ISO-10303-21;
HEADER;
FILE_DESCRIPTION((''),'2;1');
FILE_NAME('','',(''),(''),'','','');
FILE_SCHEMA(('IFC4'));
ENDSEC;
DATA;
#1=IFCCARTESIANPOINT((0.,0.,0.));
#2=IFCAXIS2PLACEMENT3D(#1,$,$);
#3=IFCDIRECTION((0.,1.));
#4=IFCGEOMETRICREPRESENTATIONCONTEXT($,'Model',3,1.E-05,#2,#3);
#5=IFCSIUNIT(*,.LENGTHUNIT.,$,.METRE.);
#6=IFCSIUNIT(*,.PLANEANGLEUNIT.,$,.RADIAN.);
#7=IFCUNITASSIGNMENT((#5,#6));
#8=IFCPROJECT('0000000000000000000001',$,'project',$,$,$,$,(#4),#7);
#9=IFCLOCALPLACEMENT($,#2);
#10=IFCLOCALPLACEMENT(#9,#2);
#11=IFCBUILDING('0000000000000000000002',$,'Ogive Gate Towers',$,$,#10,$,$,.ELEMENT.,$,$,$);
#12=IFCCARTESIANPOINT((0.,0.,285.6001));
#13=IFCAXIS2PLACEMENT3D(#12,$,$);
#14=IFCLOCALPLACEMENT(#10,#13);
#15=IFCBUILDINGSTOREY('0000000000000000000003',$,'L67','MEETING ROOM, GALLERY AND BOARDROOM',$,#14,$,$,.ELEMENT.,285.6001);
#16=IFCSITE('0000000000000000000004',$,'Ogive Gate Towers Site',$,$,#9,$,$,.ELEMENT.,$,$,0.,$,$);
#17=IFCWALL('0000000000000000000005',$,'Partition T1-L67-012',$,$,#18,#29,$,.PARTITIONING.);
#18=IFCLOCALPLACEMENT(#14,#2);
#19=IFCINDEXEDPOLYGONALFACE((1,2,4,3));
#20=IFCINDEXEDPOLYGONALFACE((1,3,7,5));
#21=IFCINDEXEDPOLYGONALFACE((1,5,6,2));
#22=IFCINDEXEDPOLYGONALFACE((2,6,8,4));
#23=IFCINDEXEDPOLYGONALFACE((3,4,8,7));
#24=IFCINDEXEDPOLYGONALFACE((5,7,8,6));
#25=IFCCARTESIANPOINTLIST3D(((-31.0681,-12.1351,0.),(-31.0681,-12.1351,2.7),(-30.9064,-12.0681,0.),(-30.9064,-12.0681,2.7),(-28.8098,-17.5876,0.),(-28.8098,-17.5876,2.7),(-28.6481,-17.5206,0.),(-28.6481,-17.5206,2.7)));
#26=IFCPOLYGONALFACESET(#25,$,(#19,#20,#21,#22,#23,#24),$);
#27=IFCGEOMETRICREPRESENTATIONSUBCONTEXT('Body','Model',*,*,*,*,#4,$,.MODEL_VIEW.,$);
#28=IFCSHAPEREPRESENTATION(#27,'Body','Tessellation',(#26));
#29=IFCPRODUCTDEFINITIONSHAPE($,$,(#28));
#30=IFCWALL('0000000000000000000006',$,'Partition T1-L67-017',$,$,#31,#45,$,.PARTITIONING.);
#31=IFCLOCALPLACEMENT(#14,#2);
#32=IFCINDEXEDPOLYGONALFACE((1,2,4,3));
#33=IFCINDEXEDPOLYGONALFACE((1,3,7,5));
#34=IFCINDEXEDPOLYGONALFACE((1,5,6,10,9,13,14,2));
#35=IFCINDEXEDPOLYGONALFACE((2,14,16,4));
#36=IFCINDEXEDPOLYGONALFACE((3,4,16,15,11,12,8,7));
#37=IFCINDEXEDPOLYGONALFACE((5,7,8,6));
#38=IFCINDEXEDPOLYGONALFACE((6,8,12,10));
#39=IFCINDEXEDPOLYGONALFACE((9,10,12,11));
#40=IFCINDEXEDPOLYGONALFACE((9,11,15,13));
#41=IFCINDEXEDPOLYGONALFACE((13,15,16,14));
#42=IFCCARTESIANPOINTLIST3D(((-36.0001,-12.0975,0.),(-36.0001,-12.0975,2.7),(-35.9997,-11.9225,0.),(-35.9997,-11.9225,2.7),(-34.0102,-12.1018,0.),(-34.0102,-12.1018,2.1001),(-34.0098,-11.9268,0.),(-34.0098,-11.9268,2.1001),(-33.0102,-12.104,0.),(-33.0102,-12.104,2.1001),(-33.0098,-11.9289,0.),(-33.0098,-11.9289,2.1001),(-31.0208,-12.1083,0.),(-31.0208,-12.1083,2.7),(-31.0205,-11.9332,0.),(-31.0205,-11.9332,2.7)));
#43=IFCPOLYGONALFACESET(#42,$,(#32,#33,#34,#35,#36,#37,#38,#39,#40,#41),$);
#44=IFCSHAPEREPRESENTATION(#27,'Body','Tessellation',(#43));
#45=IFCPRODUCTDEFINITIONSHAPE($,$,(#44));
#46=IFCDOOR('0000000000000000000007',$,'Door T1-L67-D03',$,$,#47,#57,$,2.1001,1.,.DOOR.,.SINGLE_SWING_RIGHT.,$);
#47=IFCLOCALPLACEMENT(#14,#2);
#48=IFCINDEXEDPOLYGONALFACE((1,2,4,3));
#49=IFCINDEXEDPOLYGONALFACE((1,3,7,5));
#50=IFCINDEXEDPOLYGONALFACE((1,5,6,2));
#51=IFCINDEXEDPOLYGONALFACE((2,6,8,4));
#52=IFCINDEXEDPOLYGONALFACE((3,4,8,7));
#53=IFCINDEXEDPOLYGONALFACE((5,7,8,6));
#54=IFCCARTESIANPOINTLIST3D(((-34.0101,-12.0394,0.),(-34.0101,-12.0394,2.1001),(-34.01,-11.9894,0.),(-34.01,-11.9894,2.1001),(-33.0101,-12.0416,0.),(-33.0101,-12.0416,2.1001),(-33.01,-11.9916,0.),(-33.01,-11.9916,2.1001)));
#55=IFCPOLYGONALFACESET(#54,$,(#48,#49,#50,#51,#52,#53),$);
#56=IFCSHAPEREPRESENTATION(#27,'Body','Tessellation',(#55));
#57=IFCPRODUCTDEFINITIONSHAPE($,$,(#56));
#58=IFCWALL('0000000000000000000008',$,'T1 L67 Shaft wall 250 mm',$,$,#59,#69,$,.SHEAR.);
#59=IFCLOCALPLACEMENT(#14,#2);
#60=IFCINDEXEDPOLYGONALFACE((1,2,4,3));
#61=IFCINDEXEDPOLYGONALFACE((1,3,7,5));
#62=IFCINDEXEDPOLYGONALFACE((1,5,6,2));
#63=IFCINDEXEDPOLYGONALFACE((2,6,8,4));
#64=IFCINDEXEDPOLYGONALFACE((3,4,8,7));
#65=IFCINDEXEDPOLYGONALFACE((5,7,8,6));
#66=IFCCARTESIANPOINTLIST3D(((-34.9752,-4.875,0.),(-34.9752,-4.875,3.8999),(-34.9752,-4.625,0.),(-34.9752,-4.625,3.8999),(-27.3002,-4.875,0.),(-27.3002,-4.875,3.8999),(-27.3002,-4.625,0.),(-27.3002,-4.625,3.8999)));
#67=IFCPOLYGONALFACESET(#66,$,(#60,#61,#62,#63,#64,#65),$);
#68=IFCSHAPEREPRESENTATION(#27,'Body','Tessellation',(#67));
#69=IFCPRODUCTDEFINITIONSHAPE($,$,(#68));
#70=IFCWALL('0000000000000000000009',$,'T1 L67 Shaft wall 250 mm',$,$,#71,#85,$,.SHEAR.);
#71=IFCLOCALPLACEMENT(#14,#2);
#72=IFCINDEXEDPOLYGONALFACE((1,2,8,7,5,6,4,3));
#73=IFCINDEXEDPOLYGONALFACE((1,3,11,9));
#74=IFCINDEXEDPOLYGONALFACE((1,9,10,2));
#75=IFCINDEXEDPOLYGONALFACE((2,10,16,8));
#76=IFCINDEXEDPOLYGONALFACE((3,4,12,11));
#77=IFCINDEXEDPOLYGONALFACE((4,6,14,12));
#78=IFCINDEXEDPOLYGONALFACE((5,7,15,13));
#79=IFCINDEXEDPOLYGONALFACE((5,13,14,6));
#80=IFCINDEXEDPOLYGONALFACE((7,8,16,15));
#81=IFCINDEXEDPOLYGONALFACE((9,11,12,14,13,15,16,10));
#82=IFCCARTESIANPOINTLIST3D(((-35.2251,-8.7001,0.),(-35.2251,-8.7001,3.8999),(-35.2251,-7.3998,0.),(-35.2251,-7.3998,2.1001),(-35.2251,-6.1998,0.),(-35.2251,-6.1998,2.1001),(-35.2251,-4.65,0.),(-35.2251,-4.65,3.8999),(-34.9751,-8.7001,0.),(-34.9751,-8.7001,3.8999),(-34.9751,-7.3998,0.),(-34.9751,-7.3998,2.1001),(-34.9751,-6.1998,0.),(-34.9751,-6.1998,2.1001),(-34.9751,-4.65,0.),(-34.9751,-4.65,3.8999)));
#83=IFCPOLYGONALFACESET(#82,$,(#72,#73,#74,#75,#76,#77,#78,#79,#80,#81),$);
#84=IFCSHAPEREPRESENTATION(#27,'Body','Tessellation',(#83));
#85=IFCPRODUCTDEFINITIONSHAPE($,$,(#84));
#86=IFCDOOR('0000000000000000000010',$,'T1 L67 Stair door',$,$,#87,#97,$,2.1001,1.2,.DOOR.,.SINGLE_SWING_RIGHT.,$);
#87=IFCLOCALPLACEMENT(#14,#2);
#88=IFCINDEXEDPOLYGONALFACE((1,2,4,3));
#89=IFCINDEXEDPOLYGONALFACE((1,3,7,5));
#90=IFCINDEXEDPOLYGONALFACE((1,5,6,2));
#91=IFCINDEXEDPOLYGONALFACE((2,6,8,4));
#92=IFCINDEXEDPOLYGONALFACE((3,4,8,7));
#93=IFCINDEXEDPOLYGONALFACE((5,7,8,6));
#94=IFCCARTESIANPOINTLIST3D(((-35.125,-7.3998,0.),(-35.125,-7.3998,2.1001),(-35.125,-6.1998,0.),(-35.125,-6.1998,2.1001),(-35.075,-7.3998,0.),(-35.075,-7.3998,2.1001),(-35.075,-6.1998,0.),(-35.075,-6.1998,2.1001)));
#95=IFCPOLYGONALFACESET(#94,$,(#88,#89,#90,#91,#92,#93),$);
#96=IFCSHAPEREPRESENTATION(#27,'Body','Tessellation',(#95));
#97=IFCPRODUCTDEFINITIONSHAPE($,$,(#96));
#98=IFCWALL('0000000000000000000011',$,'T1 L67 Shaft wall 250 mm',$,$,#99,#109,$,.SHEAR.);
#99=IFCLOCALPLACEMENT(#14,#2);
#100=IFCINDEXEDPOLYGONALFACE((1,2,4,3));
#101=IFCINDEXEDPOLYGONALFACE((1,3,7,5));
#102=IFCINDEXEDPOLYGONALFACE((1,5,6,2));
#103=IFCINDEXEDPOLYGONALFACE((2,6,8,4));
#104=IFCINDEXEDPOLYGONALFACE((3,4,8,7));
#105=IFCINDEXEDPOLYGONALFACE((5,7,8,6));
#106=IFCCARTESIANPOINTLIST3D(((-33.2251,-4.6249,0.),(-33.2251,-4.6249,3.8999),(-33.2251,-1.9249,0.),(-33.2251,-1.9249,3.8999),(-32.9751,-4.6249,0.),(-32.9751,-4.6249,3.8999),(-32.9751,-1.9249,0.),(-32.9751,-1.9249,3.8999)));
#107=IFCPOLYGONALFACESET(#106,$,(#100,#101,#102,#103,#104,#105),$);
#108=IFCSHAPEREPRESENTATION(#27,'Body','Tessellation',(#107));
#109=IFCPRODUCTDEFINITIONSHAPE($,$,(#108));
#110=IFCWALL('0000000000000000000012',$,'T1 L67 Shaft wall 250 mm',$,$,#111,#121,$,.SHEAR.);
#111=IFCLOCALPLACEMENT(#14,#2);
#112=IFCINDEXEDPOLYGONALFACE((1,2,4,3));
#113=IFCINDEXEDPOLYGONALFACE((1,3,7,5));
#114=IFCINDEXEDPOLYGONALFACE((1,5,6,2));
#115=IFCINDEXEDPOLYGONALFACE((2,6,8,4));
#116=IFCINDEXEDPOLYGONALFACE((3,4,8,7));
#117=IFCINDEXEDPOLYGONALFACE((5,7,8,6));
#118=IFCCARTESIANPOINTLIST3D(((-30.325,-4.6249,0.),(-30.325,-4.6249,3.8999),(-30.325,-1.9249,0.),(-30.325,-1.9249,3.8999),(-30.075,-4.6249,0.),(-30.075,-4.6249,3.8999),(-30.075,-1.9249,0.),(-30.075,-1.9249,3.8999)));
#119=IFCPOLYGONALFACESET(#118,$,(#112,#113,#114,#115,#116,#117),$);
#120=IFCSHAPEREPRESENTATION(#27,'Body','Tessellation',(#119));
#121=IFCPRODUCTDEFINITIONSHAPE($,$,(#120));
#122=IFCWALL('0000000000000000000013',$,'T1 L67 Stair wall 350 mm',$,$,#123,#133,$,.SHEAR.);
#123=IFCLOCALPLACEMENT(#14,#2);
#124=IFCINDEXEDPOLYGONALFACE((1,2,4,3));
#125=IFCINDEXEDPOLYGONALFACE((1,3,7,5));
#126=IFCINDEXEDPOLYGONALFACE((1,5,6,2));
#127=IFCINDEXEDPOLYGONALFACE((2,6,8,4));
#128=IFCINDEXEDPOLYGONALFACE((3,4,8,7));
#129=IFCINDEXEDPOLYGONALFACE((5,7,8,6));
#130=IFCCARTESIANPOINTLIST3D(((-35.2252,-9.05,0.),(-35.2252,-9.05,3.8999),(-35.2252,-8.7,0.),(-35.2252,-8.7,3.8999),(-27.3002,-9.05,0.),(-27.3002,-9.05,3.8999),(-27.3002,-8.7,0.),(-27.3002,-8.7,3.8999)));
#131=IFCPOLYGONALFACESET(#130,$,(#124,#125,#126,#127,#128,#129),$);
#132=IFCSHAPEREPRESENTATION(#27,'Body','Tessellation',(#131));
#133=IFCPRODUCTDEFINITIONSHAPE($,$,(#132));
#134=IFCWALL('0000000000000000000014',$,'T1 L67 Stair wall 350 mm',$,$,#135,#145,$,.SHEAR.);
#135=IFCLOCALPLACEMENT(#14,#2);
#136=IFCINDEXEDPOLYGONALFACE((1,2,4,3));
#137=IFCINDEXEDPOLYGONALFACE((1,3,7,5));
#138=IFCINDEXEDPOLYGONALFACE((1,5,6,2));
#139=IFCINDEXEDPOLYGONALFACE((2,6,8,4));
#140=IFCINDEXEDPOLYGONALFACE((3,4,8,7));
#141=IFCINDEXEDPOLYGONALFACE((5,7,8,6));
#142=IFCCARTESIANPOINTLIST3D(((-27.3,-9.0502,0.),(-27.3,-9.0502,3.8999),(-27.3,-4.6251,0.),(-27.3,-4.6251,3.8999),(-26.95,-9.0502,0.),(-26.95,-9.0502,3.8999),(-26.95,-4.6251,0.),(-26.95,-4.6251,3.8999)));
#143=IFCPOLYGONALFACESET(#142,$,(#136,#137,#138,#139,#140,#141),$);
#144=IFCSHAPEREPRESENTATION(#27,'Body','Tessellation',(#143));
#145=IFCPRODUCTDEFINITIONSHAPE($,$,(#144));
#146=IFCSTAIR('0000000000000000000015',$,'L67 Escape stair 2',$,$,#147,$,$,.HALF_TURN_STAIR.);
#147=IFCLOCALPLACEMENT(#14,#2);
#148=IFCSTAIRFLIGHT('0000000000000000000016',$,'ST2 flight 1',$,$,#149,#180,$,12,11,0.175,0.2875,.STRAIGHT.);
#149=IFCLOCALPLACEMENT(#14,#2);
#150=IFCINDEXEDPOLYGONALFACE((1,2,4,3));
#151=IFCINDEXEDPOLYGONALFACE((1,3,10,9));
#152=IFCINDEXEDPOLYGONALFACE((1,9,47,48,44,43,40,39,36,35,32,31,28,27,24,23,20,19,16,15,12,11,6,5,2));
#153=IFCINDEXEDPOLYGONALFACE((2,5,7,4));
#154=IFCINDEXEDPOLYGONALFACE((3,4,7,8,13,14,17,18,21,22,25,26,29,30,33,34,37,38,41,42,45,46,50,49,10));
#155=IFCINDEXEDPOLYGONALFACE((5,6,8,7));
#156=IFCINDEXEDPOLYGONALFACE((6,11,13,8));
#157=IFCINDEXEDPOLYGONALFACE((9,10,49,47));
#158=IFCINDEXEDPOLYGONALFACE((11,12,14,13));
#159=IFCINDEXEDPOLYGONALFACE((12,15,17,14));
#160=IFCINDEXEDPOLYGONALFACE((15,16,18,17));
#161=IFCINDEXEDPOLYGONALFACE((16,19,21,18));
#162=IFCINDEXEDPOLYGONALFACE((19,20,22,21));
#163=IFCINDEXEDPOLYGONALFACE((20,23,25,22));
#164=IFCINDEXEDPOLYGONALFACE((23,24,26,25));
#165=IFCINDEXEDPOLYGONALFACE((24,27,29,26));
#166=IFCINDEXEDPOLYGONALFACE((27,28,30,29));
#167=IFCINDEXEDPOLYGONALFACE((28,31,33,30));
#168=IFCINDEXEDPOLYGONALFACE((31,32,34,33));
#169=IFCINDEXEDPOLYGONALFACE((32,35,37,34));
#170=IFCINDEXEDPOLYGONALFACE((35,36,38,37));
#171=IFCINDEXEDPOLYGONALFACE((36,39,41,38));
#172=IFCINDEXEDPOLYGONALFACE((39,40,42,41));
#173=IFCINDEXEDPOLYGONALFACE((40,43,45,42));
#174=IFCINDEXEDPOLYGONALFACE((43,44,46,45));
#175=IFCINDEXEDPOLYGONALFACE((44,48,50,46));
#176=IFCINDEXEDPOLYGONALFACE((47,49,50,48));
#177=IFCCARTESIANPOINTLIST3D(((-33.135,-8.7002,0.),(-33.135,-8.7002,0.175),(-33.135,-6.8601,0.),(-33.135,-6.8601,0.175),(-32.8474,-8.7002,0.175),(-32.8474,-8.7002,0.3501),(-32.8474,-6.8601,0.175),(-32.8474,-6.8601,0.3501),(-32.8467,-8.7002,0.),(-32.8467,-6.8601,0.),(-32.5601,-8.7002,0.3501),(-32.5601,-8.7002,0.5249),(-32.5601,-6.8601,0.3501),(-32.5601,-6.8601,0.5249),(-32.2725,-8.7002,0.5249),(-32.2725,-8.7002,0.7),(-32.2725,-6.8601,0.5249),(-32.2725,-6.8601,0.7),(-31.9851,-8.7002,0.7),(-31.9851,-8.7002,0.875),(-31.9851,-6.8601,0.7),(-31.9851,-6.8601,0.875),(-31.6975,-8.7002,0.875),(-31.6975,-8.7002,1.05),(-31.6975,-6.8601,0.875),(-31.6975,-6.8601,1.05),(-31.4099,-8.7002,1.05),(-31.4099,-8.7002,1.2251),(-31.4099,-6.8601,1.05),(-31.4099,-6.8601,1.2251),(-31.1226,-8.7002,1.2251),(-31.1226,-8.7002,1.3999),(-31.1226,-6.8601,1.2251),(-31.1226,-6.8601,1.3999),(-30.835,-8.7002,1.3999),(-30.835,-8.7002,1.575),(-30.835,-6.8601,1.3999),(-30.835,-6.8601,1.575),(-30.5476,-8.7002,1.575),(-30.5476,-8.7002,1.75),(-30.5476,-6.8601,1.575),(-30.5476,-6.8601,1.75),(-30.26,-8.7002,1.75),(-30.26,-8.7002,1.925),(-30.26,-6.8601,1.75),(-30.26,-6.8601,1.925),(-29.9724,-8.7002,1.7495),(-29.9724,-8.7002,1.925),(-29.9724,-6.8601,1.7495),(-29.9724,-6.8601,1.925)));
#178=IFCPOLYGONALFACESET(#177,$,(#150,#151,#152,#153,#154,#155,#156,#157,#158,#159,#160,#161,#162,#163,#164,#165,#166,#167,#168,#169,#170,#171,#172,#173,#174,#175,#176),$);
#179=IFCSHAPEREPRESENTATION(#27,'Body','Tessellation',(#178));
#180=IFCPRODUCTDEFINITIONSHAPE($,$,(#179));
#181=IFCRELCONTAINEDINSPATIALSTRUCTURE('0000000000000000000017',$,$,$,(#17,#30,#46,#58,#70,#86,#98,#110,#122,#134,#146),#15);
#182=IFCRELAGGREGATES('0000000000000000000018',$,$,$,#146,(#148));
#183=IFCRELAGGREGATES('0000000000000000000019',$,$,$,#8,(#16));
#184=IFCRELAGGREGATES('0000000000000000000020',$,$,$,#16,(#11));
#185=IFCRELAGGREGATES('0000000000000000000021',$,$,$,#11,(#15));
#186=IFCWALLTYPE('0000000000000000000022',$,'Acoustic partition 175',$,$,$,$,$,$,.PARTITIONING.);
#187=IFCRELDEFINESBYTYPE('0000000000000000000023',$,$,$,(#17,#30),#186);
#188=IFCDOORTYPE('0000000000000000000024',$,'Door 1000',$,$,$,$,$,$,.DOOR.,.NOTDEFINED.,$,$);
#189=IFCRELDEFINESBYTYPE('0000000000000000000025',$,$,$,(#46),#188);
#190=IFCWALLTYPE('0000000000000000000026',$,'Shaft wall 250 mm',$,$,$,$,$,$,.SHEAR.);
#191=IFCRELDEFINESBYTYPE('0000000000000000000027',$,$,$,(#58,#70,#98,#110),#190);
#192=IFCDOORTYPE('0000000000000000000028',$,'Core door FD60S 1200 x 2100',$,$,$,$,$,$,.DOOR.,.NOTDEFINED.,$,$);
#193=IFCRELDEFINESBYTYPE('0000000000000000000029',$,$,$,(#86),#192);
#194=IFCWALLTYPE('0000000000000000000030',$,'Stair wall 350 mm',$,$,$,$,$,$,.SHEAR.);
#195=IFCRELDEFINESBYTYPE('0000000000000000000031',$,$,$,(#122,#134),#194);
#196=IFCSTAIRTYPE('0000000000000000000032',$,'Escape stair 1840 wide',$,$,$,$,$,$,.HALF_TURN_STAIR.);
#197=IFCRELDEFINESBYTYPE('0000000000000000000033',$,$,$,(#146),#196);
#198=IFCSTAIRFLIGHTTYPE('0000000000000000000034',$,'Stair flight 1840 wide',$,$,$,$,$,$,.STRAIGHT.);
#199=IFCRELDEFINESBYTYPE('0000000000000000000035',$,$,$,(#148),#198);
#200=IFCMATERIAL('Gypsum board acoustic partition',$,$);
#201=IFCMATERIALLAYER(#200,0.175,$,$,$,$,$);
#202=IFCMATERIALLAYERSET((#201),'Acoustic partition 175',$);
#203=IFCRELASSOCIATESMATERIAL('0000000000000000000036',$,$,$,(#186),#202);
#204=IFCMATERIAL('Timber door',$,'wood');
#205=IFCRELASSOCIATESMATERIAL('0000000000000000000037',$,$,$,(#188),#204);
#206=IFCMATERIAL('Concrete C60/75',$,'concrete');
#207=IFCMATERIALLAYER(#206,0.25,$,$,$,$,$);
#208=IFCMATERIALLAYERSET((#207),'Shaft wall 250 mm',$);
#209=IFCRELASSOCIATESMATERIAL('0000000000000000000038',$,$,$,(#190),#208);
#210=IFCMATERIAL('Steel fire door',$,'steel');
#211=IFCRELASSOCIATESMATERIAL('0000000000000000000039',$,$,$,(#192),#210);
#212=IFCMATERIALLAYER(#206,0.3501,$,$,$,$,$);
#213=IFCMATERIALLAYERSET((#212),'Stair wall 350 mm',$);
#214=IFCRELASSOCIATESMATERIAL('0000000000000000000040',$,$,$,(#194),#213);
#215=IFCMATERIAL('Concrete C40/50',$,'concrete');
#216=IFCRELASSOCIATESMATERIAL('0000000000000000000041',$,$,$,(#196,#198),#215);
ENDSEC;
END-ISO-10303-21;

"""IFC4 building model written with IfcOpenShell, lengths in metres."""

from ifc_helpers import new_model, si_unit, direction, frame, frame_2d, origin, place, context, subcontext, project, spatial, polyline, rectangle, outline, extrude, material, layer, layer_set, type_object, element, fill, aggregate, save


model = new_model("IFC4")

# Units and contexts
model_context = context("Model", 3, precision=1e-05, world=origin(), true_north=direction((0.0, 1.0)))
body_context = subcontext(model_context, "Body", "Model", "MODEL_VIEW")
ifc_project = project(units=[si_unit("LENGTHUNIT", "METRE"), si_unit("PLANEANGLEUNIT", "RADIAN")], contexts=[model_context])

# Site, building, storey
site_placement = place(None, origin())
site = spatial("IfcSite", under=ifc_project, at=site_placement, Name="Ogive Gate Towers Site", CompositionType="ELEMENT", RefElevation=0.0)
building_placement = place(site_placement, origin())
building = spatial("IfcBuilding", under=site, at=building_placement, Name="Ogive Gate Towers", CompositionType="ELEMENT")
storey_placement = place(building_placement, frame((0.0, 0.0, 285.6001)))
storey = spatial("IfcBuildingStorey", under=building, at=storey_placement, Name="L67", Description="MEETING ROOM, GALLERY AND BOARDROOM", CompositionType="ELEMENT", Elevation=285.6001)

# Wall
ifc_material_1 = material(Name="Gypsum board acoustic partition")
ifc_layer_1 = layer(ifc_material_1, 0.175)
ifc_layer_set_1 = layer_set([ifc_layer_1], Name="Acoustic partition 175")
wall_type_1 = type_object("IfcWallType", Name="Acoustic partition 175", PredefinedType="PARTITIONING", material=ifc_layer_set_1)
wall_1_placement = place(storey_placement, frame((-28.729, -17.554, 0.0), z_axis=(0.0, 0.0, 1.0), x_axis=(-0.382661, 0.923889, 0.0)))
element("IfcWall", 1, at=wall_1_placement, inside=storey, type_object=wall_type_1, Name="Partition T1-L67-012", PredefinedType="PARTITIONING", context=body_context, shape_type="SweptSolid", body=[
    extrude(rectangle(XDim=5.9016, YDim=0.175, at=frame_2d((2.9507, 0.0))), origin(), (0.0, 0.0, 1.0), 2.7),
])

# Wall, opening, door
wall_2_placement = place(storey_placement, frame((-36.0, -12.01, 0.0), z_axis=(0.0, 0.0, 1.0), x_axis=(0.999998, -0.002157, 0.0)))
wall_2 = element("IfcWall", 2, at=wall_2_placement, inside=storey, type_object=wall_type_1, Name="Partition T1-L67-017", PredefinedType="PARTITIONING", context=body_context, shape_type="SweptSolid", body=[
    extrude(rectangle(XDim=4.9792, YDim=0.175, at=frame_2d((2.4897, 0.0))), origin(), (0.0, 0.0, 1.0), 2.7),
])
opening_1_placement = place(wall_2_placement, frame((1.99, 0.0, 0.0)))
opening_1 = element("IfcOpeningElement", 3, at=opening_1_placement, cuts=wall_2, PredefinedType="OPENING", context=body_context, shape_type="SweptSolid", body=[
    extrude(rectangle(XDim=1.0, YDim=2.1001, at=frame_2d((0.5, 1.05))), frame((0.0, 0.0977, 0.0), z_axis=(0.0, -1.0, 0.0), x_axis=(1.0, 0.0, 0.0)), (0.0, 0.0, 1.0), 0.1951),
])
ifc_material_2 = material(Name="Timber door", Category="wood")
door_type_1 = type_object("IfcDoorType", Name="Door 1000", OperationType="NOTDEFINED", PredefinedType="DOOR", material=ifc_material_2)
door_1_placement = place(opening_1_placement, origin())
door_1 = element("IfcDoor", 4, at=door_1_placement, inside=storey, type_object=door_type_1, Name="Door T1-L67-D03", OperationType="SINGLE_SWING_RIGHT", OverallHeight=2.1001, OverallWidth=1.0, PredefinedType="DOOR", context=body_context, shape_type="SweptSolid", body=[
    extrude(rectangle(XDim=1.0, YDim=2.1001, at=frame_2d((0.5, 1.05))), frame((0.0, 0.0249, 0.0), z_axis=(0.0, -1.0, 0.0), x_axis=(1.0, 0.0, 0.0)), (0.0, 0.0, 1.0), 0.05),
])
fill(opening_1, door_1)

# Wall
ifc_material_3 = material(Name="Concrete C60/75", Category="concrete")
ifc_layer_2 = layer(ifc_material_3, 0.25)
ifc_layer_set_2 = layer_set([ifc_layer_2], Name="Shaft wall 250 mm")
wall_type_2 = type_object("IfcWallType", Name="Shaft wall 250 mm", PredefinedType="SHEAR", material=ifc_layer_set_2)
wall_3_placement = place(storey_placement, frame((-34.9751, -4.75, 0.0), z_axis=(0.0, 0.0, 1.0), x_axis=(1.0, 0.0, 0.0)))
element("IfcWall", 5, at=wall_3_placement, inside=storey, type_object=wall_type_2, Name="T1 L67 Shaft wall 250 mm", PredefinedType="SHEAR", context=body_context, shape_type="SweptSolid", body=[
    extrude(rectangle(XDim=7.675, YDim=0.25, at=frame_2d((3.8374, 0.0))), origin(), (0.0, 0.0, 1.0), 3.8999),
])

# Wall, opening, door
wall_4_placement = place(storey_placement, frame((-35.1001, -8.7, 0.0), z_axis=(0.0, 0.0, 1.0), x_axis=(0.0, 1.0, 0.0)))
wall_4 = element("IfcWall", 6, at=wall_4_placement, inside=storey, type_object=wall_type_2, Name="T1 L67 Shaft wall 250 mm", PredefinedType="SHEAR", context=body_context, shape_type="SweptSolid", body=[
    extrude(rectangle(XDim=4.05, YDim=0.25, at=frame_2d((2.0249, 0.0))), origin(), (0.0, 0.0, 1.0), 3.8999),
])
opening_2_placement = place(wall_4_placement, frame((1.3, 0.0, 0.0)))
opening_2 = element("IfcOpeningElement", 7, at=opening_2_placement, cuts=wall_4, PredefinedType="OPENING", context=body_context, shape_type="SweptSolid", body=[
    extrude(rectangle(XDim=1.2, YDim=2.1001, at=frame_2d((0.6001, 1.05))), frame((0.0, 0.135, 0.0), z_axis=(0.0, -1.0, 0.0), x_axis=(1.0, 0.0, 0.0)), (0.0, 0.0, 1.0), 0.27),
])
ifc_material_4 = material(Name="Steel fire door", Category="steel")
door_type_2 = type_object("IfcDoorType", Name="Core door FD60S 1200 x 2100", OperationType="NOTDEFINED", PredefinedType="DOOR", material=ifc_material_4)
door_2_placement = place(opening_2_placement, origin())
door_2 = element("IfcDoor", 8, at=door_2_placement, inside=storey, type_object=door_type_2, Name="T1 L67 Stair door", OperationType="SINGLE_SWING_RIGHT", OverallHeight=2.1001, OverallWidth=1.2, PredefinedType="DOOR", context=body_context, shape_type="SweptSolid", body=[
    extrude(rectangle(XDim=1.2, YDim=2.1001, at=frame_2d((0.6001, 1.05))), frame((0.0, 0.0249, 0.0), z_axis=(0.0, -1.0, 0.0), x_axis=(1.0, 0.0, 0.0)), (0.0, 0.0, 1.0), 0.05),
])
fill(opening_2, door_2)

# Walls
for number, where, z_axis, x_axis, name in (
    (9, (-33.1001, -4.625, 0.0), (0.0, 0.0, 1.0), (0.0, 1.0, 0.0), "T1 L67 Shaft wall 250 mm"),
    (10, (-30.2, -4.625, 0.0), (0.0, 0.0, 1.0), (0.0, 1.0, 0.0), "T1 L67 Shaft wall 250 mm"),
):
    element("IfcWall", number, at=place(storey_placement, frame(where, z_axis=z_axis, x_axis=x_axis)), inside=storey, type_object=wall_type_2, Name=name, PredefinedType="SHEAR", context=body_context, shape_type="SweptSolid", body=[
        extrude(rectangle(XDim=2.7, YDim=0.25, at=frame_2d((1.3501, 0.0))), origin(), (0.0, 0.0, 1.0), 3.8999),
    ])
ifc_layer_3 = layer(ifc_material_3, 0.3501)
ifc_layer_set_3 = layer_set([ifc_layer_3], Name="Stair wall 350 mm")
wall_type_3 = type_object("IfcWallType", Name="Stair wall 350 mm", PredefinedType="SHEAR", material=ifc_layer_set_3)
wall_5_placement = place(storey_placement, frame((-35.2251, -8.875, 0.0), z_axis=(0.0, 0.0, 1.0), x_axis=(1.0, 0.0, 0.0)))
element("IfcWall", 11, at=wall_5_placement, inside=storey, type_object=wall_type_3, Name="T1 L67 Stair wall 350 mm", PredefinedType="SHEAR", context=body_context, shape_type="SweptSolid", body=[
    extrude(rectangle(XDim=7.925, YDim=0.3501, at=frame_2d((3.9624, 0.0))), origin(), (0.0, 0.0, 1.0), 3.8999),
])
wall_6_placement = place(storey_placement, frame((-27.125, -9.05, 0.0), z_axis=(0.0, 0.0, 1.0), x_axis=(0.0, 1.0, 0.0)))
element("IfcWall", 12, at=wall_6_placement, inside=storey, type_object=wall_type_3, Name="T1 L67 Stair wall 350 mm", PredefinedType="SHEAR", context=body_context, shape_type="SweptSolid", body=[
    extrude(rectangle(XDim=4.425, YDim=0.3501, at=frame_2d((2.2124, 0.0))), origin(), (0.0, 0.0, 1.0), 3.8999),
])

# Stair, stair flight
ifc_material_5 = material(Name="Concrete C40/50", Category="concrete")
stair_type = type_object("IfcStairType", Name="Escape stair 1840 wide", PredefinedType="HALF_TURN_STAIR", material=ifc_material_5)
stair_placement = place(storey_placement, origin())
stair = element("IfcStair", 13, at=stair_placement, inside=storey, type_object=stair_type, Name="L67 Escape stair 2", PredefinedType="HALF_TURN_STAIR")
stair_flight_type = type_object("IfcStairFlightType", Name="Stair flight 1840 wide", PredefinedType="STRAIGHT", material=ifc_material_5)
stair_flight_1_placement = place(storey_placement, frame((-33.135, -7.78, 0.0), z_axis=(0.0, 0.0, 1.0), x_axis=(1.0, 0.0, 0.0)))
stair_flight_1 = element("IfcStairFlight", 14, at=stair_flight_1_placement, type_object=stair_flight_type, Name="ST2 flight 1", NumberOfRisers=12, NumberOfTreads=11, PredefinedType="STRAIGHT", RiserHeight=0.175, TreadLength=0.2875, context=body_context, shape_type="SweptSolid", body=[
    extrude(outline(polyline([(0.0, 0.0), (0.0, 0.175), (0.2876, 0.175), (0.2876, 0.3501), (0.575, 0.3501), (0.575, 0.5249), (0.8625, 0.5249), (0.8625, 0.7), (1.1499, 0.7), (1.1499, 0.875), (1.4375, 0.875), (1.4375, 1.05), (1.7251, 1.05), (1.7251, 1.2251), (2.0125, 1.2251), (2.0125, 1.3999), (2.3, 1.3999), (2.3, 1.575), (2.5874, 1.575), (2.5874, 1.75), (2.875, 1.75), (2.875, 1.925), (3.1626, 1.925), (3.1626, 2.1001), (3.1626, 1.7495), (0.2883, 0.0), (0.0, 0.0)])), frame((0.0, 0.9199, 0.0), z_axis=(0.0, -1.0, 0.0), x_axis=(1.0, 0.0, 0.0)), (0.0, 0.0, 1.0), 1.8401),
])
aggregate(stair, [stair_flight_1])

save(model, "model.ifc")
